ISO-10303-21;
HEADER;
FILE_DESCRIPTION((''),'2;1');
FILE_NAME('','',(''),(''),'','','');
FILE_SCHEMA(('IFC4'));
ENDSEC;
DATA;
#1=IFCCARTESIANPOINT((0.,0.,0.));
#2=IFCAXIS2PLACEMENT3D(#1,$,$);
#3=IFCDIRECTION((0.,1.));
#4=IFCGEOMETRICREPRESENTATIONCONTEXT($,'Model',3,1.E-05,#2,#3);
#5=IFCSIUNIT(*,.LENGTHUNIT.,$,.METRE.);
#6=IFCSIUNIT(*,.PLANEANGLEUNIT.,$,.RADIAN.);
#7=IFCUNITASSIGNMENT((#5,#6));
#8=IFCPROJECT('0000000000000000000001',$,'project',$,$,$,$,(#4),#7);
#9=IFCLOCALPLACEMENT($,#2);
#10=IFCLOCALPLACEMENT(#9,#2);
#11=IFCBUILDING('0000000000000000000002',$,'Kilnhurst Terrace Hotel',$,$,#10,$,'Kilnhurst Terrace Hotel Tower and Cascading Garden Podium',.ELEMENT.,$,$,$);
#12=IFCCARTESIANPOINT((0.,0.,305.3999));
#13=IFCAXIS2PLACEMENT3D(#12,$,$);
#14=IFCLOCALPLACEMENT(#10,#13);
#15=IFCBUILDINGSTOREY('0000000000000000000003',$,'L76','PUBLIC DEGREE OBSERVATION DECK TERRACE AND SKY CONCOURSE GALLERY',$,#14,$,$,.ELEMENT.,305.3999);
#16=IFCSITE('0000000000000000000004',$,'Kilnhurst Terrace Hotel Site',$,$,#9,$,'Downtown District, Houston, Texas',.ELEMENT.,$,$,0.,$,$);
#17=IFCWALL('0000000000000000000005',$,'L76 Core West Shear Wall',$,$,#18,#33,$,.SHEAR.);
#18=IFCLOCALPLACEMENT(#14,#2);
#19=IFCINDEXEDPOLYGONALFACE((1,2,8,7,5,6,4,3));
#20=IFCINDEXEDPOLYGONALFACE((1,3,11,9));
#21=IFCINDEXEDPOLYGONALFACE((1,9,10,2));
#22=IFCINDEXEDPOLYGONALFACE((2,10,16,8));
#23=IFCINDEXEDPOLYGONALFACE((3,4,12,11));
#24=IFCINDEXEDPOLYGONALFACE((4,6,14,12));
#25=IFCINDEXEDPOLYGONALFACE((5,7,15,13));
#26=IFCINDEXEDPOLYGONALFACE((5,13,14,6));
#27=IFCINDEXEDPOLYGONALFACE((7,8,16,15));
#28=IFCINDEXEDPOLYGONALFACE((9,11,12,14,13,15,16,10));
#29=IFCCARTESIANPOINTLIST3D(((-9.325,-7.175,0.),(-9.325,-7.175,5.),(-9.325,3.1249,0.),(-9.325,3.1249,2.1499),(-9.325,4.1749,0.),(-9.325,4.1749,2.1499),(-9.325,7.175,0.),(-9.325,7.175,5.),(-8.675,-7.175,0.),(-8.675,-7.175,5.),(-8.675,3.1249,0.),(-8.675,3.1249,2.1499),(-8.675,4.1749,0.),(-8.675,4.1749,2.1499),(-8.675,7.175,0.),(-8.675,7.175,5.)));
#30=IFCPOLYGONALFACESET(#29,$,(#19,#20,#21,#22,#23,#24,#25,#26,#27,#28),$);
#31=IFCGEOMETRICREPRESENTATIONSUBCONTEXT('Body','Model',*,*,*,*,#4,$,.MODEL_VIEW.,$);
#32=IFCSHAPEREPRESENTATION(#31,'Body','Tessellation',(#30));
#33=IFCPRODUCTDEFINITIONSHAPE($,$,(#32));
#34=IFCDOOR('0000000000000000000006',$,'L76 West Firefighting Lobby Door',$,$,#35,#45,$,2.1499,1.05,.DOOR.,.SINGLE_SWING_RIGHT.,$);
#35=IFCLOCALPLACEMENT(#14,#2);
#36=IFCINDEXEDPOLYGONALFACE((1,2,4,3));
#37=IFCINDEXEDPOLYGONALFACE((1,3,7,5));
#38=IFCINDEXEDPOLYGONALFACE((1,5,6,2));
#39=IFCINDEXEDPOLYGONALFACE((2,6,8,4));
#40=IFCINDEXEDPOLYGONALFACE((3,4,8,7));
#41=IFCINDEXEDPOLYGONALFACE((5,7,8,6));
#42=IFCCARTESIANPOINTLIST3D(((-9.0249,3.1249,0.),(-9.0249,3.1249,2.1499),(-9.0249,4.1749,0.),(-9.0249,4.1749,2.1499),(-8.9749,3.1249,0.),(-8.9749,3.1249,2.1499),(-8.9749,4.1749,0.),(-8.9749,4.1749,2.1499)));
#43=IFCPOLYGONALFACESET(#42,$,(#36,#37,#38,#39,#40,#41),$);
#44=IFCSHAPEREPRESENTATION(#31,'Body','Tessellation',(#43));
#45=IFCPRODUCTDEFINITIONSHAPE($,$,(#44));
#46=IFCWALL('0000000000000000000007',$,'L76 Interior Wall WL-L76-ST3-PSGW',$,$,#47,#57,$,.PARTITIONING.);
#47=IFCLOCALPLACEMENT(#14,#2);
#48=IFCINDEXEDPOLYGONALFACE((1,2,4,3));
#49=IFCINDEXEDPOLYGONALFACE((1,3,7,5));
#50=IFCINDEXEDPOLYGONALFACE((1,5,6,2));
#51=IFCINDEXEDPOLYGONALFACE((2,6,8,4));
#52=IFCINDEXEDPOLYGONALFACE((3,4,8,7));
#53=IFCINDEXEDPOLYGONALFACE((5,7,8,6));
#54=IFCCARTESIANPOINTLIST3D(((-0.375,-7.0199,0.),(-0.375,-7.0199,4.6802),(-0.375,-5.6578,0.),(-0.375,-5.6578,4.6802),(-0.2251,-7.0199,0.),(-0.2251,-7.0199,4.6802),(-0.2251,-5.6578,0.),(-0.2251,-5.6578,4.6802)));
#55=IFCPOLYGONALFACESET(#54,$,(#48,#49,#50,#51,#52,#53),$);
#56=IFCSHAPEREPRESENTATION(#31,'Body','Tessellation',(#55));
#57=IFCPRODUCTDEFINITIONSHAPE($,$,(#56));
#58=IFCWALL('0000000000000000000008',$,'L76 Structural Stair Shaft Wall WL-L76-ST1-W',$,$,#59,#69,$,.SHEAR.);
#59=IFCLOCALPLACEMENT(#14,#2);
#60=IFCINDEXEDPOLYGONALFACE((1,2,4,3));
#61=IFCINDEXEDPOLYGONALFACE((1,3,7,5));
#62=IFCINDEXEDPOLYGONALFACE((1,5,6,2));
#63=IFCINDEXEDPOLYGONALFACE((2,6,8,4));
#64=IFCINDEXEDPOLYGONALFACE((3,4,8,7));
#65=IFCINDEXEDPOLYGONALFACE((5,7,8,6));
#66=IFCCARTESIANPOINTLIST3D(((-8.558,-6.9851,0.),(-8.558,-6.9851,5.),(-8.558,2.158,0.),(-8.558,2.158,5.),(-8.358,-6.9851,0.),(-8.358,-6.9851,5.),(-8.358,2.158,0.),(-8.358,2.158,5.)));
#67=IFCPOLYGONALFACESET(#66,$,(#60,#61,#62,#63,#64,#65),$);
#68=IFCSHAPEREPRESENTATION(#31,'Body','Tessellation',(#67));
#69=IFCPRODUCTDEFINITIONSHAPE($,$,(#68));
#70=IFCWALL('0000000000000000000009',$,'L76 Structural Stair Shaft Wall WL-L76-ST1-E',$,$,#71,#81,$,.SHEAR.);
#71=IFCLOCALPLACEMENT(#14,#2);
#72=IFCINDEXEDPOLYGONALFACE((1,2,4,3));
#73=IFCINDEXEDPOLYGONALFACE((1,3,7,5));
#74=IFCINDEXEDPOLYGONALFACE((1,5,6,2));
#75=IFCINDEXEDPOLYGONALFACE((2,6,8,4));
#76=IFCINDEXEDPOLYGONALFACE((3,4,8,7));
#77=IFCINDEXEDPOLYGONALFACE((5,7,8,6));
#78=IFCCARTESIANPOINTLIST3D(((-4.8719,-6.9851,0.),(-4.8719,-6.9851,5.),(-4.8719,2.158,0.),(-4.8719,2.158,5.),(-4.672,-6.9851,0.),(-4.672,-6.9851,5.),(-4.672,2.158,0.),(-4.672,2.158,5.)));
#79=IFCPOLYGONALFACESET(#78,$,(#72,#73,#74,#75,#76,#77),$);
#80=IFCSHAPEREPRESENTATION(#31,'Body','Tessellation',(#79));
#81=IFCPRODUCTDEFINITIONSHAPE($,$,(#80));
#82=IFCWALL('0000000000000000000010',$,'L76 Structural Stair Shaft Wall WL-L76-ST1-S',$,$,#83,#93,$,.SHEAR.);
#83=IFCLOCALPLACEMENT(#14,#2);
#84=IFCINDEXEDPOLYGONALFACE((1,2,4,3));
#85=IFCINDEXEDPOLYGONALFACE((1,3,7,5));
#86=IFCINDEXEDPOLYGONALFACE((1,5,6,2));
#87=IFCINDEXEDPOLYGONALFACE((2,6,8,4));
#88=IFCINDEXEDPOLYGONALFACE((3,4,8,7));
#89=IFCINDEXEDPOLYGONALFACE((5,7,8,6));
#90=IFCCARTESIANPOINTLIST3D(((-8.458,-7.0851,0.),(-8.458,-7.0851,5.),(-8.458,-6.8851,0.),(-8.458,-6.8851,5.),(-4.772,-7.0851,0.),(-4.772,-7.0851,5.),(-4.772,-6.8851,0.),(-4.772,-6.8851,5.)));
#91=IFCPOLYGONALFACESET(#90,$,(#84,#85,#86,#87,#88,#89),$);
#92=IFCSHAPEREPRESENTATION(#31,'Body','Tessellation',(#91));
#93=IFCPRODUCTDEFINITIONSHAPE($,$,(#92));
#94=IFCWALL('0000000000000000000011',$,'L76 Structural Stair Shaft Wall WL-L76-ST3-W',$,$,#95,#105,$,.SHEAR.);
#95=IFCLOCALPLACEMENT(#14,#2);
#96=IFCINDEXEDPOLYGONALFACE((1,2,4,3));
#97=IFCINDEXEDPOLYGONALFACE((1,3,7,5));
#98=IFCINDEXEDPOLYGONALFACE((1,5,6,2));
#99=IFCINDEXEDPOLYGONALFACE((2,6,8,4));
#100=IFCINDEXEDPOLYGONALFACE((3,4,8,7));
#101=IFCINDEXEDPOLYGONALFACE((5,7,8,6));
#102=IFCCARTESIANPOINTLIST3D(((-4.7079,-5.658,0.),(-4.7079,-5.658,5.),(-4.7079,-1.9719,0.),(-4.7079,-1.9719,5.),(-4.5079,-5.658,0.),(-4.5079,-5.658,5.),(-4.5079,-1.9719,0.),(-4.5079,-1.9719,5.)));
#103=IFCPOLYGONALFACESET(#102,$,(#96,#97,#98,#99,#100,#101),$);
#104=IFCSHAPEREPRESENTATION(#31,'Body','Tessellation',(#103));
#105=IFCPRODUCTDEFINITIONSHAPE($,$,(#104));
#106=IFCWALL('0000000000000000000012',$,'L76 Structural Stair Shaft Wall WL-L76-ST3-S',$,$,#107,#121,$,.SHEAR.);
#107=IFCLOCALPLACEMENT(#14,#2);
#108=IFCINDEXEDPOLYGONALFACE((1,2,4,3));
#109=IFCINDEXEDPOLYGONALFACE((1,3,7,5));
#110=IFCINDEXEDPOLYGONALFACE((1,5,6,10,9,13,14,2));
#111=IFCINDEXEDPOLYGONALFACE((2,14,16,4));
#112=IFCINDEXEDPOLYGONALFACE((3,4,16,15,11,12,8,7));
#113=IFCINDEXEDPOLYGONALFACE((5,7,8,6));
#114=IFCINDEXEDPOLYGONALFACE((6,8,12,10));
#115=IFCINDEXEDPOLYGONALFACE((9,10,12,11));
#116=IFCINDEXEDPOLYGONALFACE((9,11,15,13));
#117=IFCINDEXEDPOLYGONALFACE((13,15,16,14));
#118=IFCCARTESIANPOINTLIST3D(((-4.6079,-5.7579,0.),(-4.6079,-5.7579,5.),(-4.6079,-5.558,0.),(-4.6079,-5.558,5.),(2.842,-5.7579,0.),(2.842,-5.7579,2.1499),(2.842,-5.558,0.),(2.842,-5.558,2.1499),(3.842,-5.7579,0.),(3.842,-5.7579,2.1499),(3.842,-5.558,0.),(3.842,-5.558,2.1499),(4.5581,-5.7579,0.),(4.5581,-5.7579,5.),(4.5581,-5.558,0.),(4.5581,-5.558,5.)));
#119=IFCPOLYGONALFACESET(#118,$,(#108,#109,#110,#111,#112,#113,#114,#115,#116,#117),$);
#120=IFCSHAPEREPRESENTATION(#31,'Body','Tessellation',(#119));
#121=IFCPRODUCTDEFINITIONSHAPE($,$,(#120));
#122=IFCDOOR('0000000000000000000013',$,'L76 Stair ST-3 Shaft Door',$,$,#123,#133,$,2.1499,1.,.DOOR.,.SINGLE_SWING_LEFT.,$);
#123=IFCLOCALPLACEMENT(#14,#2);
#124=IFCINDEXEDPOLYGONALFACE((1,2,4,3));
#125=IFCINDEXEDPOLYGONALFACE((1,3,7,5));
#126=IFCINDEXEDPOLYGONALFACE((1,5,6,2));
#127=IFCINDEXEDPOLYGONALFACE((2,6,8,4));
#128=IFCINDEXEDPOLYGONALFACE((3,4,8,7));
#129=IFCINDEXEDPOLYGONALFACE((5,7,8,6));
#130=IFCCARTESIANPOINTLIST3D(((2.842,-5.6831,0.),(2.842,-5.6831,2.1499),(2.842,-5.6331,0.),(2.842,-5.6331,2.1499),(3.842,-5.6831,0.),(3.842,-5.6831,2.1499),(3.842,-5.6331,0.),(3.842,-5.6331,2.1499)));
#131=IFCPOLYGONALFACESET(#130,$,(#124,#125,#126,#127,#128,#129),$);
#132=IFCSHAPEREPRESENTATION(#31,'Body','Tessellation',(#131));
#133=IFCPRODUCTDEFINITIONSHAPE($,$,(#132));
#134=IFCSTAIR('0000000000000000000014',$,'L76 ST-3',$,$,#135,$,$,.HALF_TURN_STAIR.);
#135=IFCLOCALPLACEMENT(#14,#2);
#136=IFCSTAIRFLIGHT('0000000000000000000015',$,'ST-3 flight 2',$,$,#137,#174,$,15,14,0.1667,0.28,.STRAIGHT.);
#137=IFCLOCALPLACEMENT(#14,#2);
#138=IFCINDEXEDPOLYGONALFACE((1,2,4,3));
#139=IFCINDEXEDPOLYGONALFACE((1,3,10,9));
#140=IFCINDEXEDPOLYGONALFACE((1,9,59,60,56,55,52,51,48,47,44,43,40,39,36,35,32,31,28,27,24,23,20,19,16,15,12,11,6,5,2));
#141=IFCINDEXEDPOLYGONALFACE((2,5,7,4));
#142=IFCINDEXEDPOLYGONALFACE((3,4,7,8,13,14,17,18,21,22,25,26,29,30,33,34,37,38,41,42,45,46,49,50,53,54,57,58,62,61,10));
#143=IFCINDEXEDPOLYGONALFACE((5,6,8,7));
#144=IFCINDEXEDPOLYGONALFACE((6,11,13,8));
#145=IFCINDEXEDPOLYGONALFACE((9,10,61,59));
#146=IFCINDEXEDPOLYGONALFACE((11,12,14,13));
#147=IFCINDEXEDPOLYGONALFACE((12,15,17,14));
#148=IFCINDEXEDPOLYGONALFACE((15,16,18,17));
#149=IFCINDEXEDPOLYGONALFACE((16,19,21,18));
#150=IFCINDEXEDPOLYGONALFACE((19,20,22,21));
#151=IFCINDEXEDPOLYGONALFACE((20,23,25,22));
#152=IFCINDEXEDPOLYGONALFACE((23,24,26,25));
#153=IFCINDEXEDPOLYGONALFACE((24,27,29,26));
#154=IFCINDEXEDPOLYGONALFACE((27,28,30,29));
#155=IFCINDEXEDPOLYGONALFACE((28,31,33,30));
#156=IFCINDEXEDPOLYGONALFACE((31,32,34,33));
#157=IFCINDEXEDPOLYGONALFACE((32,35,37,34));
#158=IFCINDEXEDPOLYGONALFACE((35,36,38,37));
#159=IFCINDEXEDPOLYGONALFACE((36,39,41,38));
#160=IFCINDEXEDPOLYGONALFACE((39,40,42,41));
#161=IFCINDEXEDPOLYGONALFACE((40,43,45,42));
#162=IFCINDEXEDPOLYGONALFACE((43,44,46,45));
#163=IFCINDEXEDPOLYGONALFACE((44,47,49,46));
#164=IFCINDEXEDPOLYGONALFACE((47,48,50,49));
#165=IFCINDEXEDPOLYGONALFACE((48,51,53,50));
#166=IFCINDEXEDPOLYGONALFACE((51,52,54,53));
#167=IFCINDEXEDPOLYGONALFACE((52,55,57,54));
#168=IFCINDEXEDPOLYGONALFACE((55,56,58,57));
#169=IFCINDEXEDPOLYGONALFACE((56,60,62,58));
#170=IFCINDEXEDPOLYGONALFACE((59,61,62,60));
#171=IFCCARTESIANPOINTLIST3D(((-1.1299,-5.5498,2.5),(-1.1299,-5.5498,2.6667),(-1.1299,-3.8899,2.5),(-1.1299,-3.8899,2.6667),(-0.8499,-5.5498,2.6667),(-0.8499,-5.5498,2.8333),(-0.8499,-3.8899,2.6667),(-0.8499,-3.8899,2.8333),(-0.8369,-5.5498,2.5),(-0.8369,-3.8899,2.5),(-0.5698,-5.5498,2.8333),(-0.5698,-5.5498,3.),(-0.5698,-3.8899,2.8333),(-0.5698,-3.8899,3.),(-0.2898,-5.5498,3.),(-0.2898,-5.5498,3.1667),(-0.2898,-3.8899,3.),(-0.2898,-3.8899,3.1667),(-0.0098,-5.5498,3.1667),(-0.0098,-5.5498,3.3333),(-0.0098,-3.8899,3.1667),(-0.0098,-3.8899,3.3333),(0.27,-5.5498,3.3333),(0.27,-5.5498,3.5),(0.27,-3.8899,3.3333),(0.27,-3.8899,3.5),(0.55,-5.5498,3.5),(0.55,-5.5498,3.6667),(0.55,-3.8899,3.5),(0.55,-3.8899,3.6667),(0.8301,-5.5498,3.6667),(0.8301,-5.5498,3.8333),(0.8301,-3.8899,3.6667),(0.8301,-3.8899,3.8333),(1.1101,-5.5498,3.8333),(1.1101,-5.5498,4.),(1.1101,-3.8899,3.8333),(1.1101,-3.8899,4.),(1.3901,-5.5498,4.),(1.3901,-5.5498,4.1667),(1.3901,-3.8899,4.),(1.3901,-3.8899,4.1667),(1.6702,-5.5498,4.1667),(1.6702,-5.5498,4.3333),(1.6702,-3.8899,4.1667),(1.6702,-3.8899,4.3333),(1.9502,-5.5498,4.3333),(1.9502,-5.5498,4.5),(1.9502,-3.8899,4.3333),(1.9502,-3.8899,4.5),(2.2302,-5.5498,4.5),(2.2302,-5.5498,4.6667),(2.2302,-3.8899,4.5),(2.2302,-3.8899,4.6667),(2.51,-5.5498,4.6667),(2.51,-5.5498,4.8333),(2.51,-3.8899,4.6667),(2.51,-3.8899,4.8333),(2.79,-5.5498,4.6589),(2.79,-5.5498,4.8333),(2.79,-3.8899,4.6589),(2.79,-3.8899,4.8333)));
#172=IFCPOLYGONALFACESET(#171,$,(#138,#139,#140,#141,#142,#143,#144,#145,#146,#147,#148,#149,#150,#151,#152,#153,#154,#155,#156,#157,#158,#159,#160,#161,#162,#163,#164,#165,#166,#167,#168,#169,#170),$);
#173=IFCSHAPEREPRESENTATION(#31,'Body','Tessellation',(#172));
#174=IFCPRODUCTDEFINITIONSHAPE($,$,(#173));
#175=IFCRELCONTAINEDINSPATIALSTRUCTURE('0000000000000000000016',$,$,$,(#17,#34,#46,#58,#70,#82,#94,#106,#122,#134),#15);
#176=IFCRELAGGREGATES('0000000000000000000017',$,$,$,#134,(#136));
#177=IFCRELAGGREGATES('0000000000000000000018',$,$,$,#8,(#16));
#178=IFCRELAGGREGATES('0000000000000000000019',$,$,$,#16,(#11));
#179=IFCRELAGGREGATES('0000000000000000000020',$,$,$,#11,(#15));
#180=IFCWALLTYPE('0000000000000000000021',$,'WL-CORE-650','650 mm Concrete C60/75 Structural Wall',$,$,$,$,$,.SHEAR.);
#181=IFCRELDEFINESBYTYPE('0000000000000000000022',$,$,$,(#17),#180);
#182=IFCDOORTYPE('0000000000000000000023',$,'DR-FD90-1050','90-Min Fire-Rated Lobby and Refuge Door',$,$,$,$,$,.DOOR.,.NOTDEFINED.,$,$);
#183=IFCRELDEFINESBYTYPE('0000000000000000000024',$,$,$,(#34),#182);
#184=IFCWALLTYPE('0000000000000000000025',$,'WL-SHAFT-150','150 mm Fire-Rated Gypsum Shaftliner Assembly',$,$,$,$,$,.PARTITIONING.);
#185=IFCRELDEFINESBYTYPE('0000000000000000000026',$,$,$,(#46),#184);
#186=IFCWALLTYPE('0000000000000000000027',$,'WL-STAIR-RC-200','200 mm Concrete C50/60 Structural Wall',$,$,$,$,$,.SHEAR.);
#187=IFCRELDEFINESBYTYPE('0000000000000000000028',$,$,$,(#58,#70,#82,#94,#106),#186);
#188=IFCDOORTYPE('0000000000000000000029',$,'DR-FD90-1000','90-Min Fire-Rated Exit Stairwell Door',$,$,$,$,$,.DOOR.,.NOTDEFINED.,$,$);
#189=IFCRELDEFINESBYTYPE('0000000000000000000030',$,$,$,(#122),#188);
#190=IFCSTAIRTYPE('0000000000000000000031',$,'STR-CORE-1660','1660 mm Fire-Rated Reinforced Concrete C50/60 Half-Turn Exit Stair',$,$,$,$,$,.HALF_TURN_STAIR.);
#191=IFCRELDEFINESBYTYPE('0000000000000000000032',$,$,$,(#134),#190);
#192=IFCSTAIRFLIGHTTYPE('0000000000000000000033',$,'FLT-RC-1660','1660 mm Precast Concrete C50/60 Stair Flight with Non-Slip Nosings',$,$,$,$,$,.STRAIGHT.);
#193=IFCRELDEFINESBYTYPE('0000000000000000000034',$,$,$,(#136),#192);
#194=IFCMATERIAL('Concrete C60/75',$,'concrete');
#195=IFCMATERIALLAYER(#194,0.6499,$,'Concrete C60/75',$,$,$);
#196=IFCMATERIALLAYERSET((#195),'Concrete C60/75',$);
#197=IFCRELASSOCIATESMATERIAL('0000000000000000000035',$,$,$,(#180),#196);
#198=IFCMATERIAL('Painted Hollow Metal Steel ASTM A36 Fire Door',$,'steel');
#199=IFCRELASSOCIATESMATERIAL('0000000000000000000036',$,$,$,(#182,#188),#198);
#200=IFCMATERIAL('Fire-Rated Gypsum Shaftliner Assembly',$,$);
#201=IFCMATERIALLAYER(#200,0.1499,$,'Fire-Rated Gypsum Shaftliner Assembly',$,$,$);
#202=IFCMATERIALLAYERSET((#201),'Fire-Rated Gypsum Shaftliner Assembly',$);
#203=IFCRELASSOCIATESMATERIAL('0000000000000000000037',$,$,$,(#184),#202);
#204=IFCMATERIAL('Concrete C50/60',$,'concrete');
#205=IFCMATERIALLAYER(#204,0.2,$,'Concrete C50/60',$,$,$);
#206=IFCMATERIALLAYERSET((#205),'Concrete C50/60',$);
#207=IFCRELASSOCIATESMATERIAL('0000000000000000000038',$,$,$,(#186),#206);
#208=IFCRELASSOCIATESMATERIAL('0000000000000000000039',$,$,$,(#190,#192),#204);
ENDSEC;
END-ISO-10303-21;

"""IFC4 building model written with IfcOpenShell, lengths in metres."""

from ifc_helpers import new_model, si_unit, direction, frame, frame_2d, origin, place, context, subcontext, project, spatial, polyline, rectangle, outline, extrude, material, layer, layer_set, type_object, element, fill, aggregate, save


model = new_model("IFC4")

# Units and contexts
model_context = context("Model", 3, precision=1e-05, world=origin(), true_north=direction((0.0, 1.0)))
body_context = subcontext(model_context, "Body", "Model", "MODEL_VIEW")
ifc_project = project(units=[si_unit("LENGTHUNIT", "METRE"), si_unit("PLANEANGLEUNIT", "RADIAN")], contexts=[model_context])

# Site, building, storey
site_placement = place(None, origin())
site = spatial("IfcSite", under=ifc_project, at=site_placement, Name="Kilnhurst Terrace Hotel Site", LongName="Downtown District, Houston, Texas", CompositionType="ELEMENT", RefElevation=0.0)
building_placement = place(site_placement, origin())
building = spatial("IfcBuilding", under=site, at=building_placement, Name="Kilnhurst Terrace Hotel", LongName="Kilnhurst Terrace Hotel Tower and Cascading Garden Podium", CompositionType="ELEMENT")
storey_placement = place(building_placement, frame((0.0, 0.0, 305.3999)))
storey = spatial("IfcBuildingStorey", under=building, at=storey_placement, Name="L76", Description="PUBLIC DEGREE OBSERVATION DECK TERRACE AND SKY CONCOURSE GALLERY", CompositionType="ELEMENT", Elevation=305.3999)

# Shared definitions
ifc_material_1 = material(Name="Concrete C60/75", Category="concrete")

# Shared definitions
ifc_material_2 = material(Name="Concrete C50/60", Category="concrete")

# Wall, opening, door
ifc_layer_1 = layer(ifc_material_1, 0.6499, Name="Concrete C60/75")
ifc_layer_set_1 = layer_set([ifc_layer_1], Name="Concrete C60/75")
wall_type_1 = type_object("IfcWallType", Name="WL-CORE-650", Description="650 mm Concrete C60/75 Structural Wall", PredefinedType="SHEAR", material=ifc_layer_set_1)
wall_1_placement = place(storey_placement, frame((-9.0, -7.175, 0.0), z_axis=(0.0, 0.0, 1.0), x_axis=(0.0, 1.0, 0.0)))
wall_1 = element("IfcWall", 1, at=wall_1_placement, inside=storey, type_object=wall_type_1, Name="L76 Core West Shear Wall", PredefinedType="SHEAR", context=body_context, shape_type="SweptSolid", body=[
    extrude(rectangle(XDim=14.3501, YDim=0.6499, at=frame_2d((7.175, 0.0))), origin(), (0.0, 0.0, 1.0), 5.0),
])
opening_1_placement = place(wall_1_placement, frame((10.3, 0.0, 0.0)))
opening_1 = element("IfcOpeningElement", 2, at=opening_1_placement, cuts=wall_1, PredefinedType="OPENING", context=body_context, shape_type="SweptSolid", body=[
    extrude(rectangle(XDim=1.05, YDim=2.1499, at=frame_2d((0.5249, 1.075))), frame((0.0, 0.335, 0.0), z_axis=(0.0, -1.0, 0.0), x_axis=(1.0, 0.0, 0.0)), (0.0, 0.0, 1.0), 0.6699),
])
ifc_material_3 = material(Name="Painted Hollow Metal Steel ASTM A36 Fire Door", Category="steel")
door_type_1 = type_object("IfcDoorType", Name="DR-FD90-1050", Description="90-Min Fire-Rated Lobby and Refuge Door", OperationType="NOTDEFINED", PredefinedType="DOOR", material=ifc_material_3)
door_1_placement = place(opening_1_placement, origin())
door_1 = element("IfcDoor", 3, at=door_1_placement, inside=storey, type_object=door_type_1, Name="L76 West Firefighting Lobby Door", OperationType="SINGLE_SWING_RIGHT", OverallHeight=2.1499, OverallWidth=1.05, PredefinedType="DOOR", context=body_context, shape_type="SweptSolid", body=[
    extrude(rectangle(XDim=1.05, YDim=2.1499, at=frame_2d((0.5249, 1.075))), frame((0.0, 0.0249, 0.0), z_axis=(0.0, -1.0, 0.0), x_axis=(1.0, 0.0, 0.0)), (0.0, 0.0, 1.0), 0.05),
])
fill(opening_1, door_1)

# Walls
ifc_material_4 = material(Name="Fire-Rated Gypsum Shaftliner Assembly")
ifc_layer_2 = layer(ifc_material_4, 0.1499, Name="Fire-Rated Gypsum Shaftliner Assembly")
ifc_layer_set_2 = layer_set([ifc_layer_2], Name="Fire-Rated Gypsum Shaftliner Assembly")
wall_type_2 = type_object("IfcWallType", Name="WL-SHAFT-150", Description="150 mm Fire-Rated Gypsum Shaftliner Assembly", PredefinedType="PARTITIONING", material=ifc_layer_set_2)
wall_2_placement = place(storey_placement, frame((-0.3, -7.02, 0.0), z_axis=(0.0, 0.0, 1.0), x_axis=(0.0, 1.0, 0.0)))
element("IfcWall", 4, at=wall_2_placement, inside=storey, type_object=wall_type_2, Name="L76 Interior Wall WL-L76-ST3-PSGW", PredefinedType="PARTITIONING", context=body_context, shape_type="SweptSolid", body=[
    extrude(rectangle(XDim=1.3621, YDim=0.1499, at=frame_2d((0.6812, 0.0))), origin(), (0.0, 0.0, 1.0), 4.6802),
])
ifc_layer_3 = layer(ifc_material_2, 0.2, Name="Concrete C50/60")
ifc_layer_set_3 = layer_set([ifc_layer_3], Name="Concrete C50/60")
wall_type_3 = type_object("IfcWallType", Name="WL-STAIR-RC-200", Description="200 mm Concrete C50/60 Structural Wall", PredefinedType="SHEAR", material=ifc_layer_set_3)
for number, where, z_axis, x_axis, name in (
    (5, (-8.458, -6.9851, 0.0), (0.0, 0.0, 1.0), (0.0, 1.0, 0.0), "L76 Structural Stair Shaft Wall WL-L76-ST1-W"),
    (6, (-4.772, -6.9851, 0.0), (0.0, 0.0, 1.0), (0.0, 1.0, 0.0), "L76 Structural Stair Shaft Wall WL-L76-ST1-E"),
):
    element("IfcWall", number, at=place(storey_placement, frame(where, z_axis=z_axis, x_axis=x_axis)), inside=storey, type_object=wall_type_3, Name=name, PredefinedType="SHEAR", context=body_context, shape_type="SweptSolid", body=[
        extrude(rectangle(XDim=9.1431, YDim=0.2, at=frame_2d((4.5715, 0.0))), origin(), (0.0, 0.0, 1.0), 5.0),
    ])
for number, where, z_axis, x_axis, name in (
    (7, (-8.458, -6.9851, 0.0), (0.0, 0.0, 1.0), (1.0, 0.0, 0.0), "L76 Structural Stair Shaft Wall WL-L76-ST1-S"),
    (8, (-4.6079, -5.658, 0.0), (0.0, 0.0, 1.0), (0.0, 1.0, 0.0), "L76 Structural Stair Shaft Wall WL-L76-ST3-W"),
):
    element("IfcWall", number, at=place(storey_placement, frame(where, z_axis=z_axis, x_axis=x_axis)), inside=storey, type_object=wall_type_3, Name=name, PredefinedType="SHEAR", context=body_context, shape_type="SweptSolid", body=[
        extrude(rectangle(XDim=3.686, YDim=0.2, at=frame_2d((1.843, 0.0))), origin(), (0.0, 0.0, 1.0), 5.0),
    ])

# Wall, opening, door
wall_3_placement = place(storey_placement, frame((-4.6079, -5.658, 0.0), z_axis=(0.0, 0.0, 1.0), x_axis=(1.0, 0.0, 0.0)))
wall_3 = element("IfcWall", 9, at=wall_3_placement, inside=storey, type_object=wall_type_3, Name="L76 Structural Stair Shaft Wall WL-L76-ST3-S", PredefinedType="SHEAR", context=body_context, shape_type="SweptSolid", body=[
    extrude(rectangle(XDim=9.166, YDim=0.2, at=frame_2d((4.583, 0.0))), origin(), (0.0, 0.0, 1.0), 5.0),
])
opening_2_placement = place(wall_3_placement, frame((7.45, 0.0, 0.0)))
opening_2 = element("IfcOpeningElement", 10, at=opening_2_placement, cuts=wall_3, PredefinedType="OPENING", context=body_context, shape_type="SweptSolid", body=[
    extrude(rectangle(XDim=1.0, YDim=2.1499, at=frame_2d((0.5, 1.075))), frame((0.0, 0.1099, 0.0), z_axis=(0.0, -1.0, 0.0), x_axis=(1.0, 0.0, 0.0)), (0.0, 0.0, 1.0), 0.22),
])
door_type_2 = type_object("IfcDoorType", Name="DR-FD90-1000", Description="90-Min Fire-Rated Exit Stairwell Door", OperationType="NOTDEFINED", PredefinedType="DOOR", material=ifc_material_3)
door_2_placement = place(opening_2_placement, origin())
door_2 = element("IfcDoor", 11, at=door_2_placement, inside=storey, type_object=door_type_2, Name="L76 Stair ST-3 Shaft Door", OperationType="SINGLE_SWING_LEFT", OverallHeight=2.1499, OverallWidth=1.0, PredefinedType="DOOR", context=body_context, shape_type="SweptSolid", body=[
    extrude(rectangle(XDim=1.0, YDim=2.1499, at=frame_2d((0.5, 1.075))), frame((0.0, 0.0249, 0.0), z_axis=(0.0, -1.0, 0.0), x_axis=(1.0, 0.0, 0.0)), (0.0, 0.0, 1.0), 0.05),
])
fill(opening_2, door_2)

# Stair, stair flight
stair_type = type_object("IfcStairType", Name="STR-CORE-1660", Description="1660 mm Fire-Rated Reinforced Concrete C50/60 Half-Turn Exit Stair", PredefinedType="HALF_TURN_STAIR", material=ifc_material_2)
stair_placement = place(storey_placement, origin())
stair = element("IfcStair", 12, at=stair_placement, inside=storey, type_object=stair_type, Name="L76 ST-3", PredefinedType="HALF_TURN_STAIR")
stair_flight_type = type_object("IfcStairFlightType", Name="FLT-RC-1660", Description="1660 mm Precast Concrete C50/60 Stair Flight with Non-Slip Nosings", PredefinedType="STRAIGHT", material=ifc_material_2)
stair_flight_placement = place(storey_placement, frame((-1.1299, -4.72, 2.5), z_axis=(0.0, 0.0, 1.0), x_axis=(1.0, 0.0, 0.0)))
stair_flight = element("IfcStairFlight", 13, at=stair_flight_placement, type_object=stair_flight_type, Name="ST-3 flight 2", NumberOfRisers=15, NumberOfTreads=14, PredefinedType="STRAIGHT", RiserHeight=0.1667, TreadLength=0.28, context=body_context, shape_type="SweptSolid", body=[
    extrude(outline(polyline([(0.0, 0.0), (0.0, 0.1667), (0.28, 0.1667), (0.28, 0.3333), (0.5601, 0.3333), (0.5601, 0.5), (0.8401, 0.5), (0.8401, 0.6667), (1.1201, 0.6667), (1.1201, 0.8333), (1.3999, 0.8333), (1.3999, 1.0), (1.6799, 1.0), (1.6799, 1.1667), (1.96, 1.1667), (1.96, 1.3333), (2.24, 1.3333), (2.24, 1.5), (2.52, 1.5), (2.52, 1.6667), (2.8, 1.6667), (2.8, 1.8333), (3.0801, 1.8333), (3.0801, 2.0), (3.3601, 2.0), (3.3601, 2.1667), (3.6399, 2.1667), (3.6399, 2.3333), (3.9199, 2.3333), (3.9199, 2.5), (3.9199, 2.1589), (0.293, 0.0), (0.0, 0.0)])), frame((0.0, 0.8301, 0.0), z_axis=(0.0, -1.0, 0.0), x_axis=(1.0, 0.0, 0.0)), (0.0, 0.0, 1.0), 1.6599),
])
aggregate(stair, [stair_flight])

save(model, "model.ifc")
